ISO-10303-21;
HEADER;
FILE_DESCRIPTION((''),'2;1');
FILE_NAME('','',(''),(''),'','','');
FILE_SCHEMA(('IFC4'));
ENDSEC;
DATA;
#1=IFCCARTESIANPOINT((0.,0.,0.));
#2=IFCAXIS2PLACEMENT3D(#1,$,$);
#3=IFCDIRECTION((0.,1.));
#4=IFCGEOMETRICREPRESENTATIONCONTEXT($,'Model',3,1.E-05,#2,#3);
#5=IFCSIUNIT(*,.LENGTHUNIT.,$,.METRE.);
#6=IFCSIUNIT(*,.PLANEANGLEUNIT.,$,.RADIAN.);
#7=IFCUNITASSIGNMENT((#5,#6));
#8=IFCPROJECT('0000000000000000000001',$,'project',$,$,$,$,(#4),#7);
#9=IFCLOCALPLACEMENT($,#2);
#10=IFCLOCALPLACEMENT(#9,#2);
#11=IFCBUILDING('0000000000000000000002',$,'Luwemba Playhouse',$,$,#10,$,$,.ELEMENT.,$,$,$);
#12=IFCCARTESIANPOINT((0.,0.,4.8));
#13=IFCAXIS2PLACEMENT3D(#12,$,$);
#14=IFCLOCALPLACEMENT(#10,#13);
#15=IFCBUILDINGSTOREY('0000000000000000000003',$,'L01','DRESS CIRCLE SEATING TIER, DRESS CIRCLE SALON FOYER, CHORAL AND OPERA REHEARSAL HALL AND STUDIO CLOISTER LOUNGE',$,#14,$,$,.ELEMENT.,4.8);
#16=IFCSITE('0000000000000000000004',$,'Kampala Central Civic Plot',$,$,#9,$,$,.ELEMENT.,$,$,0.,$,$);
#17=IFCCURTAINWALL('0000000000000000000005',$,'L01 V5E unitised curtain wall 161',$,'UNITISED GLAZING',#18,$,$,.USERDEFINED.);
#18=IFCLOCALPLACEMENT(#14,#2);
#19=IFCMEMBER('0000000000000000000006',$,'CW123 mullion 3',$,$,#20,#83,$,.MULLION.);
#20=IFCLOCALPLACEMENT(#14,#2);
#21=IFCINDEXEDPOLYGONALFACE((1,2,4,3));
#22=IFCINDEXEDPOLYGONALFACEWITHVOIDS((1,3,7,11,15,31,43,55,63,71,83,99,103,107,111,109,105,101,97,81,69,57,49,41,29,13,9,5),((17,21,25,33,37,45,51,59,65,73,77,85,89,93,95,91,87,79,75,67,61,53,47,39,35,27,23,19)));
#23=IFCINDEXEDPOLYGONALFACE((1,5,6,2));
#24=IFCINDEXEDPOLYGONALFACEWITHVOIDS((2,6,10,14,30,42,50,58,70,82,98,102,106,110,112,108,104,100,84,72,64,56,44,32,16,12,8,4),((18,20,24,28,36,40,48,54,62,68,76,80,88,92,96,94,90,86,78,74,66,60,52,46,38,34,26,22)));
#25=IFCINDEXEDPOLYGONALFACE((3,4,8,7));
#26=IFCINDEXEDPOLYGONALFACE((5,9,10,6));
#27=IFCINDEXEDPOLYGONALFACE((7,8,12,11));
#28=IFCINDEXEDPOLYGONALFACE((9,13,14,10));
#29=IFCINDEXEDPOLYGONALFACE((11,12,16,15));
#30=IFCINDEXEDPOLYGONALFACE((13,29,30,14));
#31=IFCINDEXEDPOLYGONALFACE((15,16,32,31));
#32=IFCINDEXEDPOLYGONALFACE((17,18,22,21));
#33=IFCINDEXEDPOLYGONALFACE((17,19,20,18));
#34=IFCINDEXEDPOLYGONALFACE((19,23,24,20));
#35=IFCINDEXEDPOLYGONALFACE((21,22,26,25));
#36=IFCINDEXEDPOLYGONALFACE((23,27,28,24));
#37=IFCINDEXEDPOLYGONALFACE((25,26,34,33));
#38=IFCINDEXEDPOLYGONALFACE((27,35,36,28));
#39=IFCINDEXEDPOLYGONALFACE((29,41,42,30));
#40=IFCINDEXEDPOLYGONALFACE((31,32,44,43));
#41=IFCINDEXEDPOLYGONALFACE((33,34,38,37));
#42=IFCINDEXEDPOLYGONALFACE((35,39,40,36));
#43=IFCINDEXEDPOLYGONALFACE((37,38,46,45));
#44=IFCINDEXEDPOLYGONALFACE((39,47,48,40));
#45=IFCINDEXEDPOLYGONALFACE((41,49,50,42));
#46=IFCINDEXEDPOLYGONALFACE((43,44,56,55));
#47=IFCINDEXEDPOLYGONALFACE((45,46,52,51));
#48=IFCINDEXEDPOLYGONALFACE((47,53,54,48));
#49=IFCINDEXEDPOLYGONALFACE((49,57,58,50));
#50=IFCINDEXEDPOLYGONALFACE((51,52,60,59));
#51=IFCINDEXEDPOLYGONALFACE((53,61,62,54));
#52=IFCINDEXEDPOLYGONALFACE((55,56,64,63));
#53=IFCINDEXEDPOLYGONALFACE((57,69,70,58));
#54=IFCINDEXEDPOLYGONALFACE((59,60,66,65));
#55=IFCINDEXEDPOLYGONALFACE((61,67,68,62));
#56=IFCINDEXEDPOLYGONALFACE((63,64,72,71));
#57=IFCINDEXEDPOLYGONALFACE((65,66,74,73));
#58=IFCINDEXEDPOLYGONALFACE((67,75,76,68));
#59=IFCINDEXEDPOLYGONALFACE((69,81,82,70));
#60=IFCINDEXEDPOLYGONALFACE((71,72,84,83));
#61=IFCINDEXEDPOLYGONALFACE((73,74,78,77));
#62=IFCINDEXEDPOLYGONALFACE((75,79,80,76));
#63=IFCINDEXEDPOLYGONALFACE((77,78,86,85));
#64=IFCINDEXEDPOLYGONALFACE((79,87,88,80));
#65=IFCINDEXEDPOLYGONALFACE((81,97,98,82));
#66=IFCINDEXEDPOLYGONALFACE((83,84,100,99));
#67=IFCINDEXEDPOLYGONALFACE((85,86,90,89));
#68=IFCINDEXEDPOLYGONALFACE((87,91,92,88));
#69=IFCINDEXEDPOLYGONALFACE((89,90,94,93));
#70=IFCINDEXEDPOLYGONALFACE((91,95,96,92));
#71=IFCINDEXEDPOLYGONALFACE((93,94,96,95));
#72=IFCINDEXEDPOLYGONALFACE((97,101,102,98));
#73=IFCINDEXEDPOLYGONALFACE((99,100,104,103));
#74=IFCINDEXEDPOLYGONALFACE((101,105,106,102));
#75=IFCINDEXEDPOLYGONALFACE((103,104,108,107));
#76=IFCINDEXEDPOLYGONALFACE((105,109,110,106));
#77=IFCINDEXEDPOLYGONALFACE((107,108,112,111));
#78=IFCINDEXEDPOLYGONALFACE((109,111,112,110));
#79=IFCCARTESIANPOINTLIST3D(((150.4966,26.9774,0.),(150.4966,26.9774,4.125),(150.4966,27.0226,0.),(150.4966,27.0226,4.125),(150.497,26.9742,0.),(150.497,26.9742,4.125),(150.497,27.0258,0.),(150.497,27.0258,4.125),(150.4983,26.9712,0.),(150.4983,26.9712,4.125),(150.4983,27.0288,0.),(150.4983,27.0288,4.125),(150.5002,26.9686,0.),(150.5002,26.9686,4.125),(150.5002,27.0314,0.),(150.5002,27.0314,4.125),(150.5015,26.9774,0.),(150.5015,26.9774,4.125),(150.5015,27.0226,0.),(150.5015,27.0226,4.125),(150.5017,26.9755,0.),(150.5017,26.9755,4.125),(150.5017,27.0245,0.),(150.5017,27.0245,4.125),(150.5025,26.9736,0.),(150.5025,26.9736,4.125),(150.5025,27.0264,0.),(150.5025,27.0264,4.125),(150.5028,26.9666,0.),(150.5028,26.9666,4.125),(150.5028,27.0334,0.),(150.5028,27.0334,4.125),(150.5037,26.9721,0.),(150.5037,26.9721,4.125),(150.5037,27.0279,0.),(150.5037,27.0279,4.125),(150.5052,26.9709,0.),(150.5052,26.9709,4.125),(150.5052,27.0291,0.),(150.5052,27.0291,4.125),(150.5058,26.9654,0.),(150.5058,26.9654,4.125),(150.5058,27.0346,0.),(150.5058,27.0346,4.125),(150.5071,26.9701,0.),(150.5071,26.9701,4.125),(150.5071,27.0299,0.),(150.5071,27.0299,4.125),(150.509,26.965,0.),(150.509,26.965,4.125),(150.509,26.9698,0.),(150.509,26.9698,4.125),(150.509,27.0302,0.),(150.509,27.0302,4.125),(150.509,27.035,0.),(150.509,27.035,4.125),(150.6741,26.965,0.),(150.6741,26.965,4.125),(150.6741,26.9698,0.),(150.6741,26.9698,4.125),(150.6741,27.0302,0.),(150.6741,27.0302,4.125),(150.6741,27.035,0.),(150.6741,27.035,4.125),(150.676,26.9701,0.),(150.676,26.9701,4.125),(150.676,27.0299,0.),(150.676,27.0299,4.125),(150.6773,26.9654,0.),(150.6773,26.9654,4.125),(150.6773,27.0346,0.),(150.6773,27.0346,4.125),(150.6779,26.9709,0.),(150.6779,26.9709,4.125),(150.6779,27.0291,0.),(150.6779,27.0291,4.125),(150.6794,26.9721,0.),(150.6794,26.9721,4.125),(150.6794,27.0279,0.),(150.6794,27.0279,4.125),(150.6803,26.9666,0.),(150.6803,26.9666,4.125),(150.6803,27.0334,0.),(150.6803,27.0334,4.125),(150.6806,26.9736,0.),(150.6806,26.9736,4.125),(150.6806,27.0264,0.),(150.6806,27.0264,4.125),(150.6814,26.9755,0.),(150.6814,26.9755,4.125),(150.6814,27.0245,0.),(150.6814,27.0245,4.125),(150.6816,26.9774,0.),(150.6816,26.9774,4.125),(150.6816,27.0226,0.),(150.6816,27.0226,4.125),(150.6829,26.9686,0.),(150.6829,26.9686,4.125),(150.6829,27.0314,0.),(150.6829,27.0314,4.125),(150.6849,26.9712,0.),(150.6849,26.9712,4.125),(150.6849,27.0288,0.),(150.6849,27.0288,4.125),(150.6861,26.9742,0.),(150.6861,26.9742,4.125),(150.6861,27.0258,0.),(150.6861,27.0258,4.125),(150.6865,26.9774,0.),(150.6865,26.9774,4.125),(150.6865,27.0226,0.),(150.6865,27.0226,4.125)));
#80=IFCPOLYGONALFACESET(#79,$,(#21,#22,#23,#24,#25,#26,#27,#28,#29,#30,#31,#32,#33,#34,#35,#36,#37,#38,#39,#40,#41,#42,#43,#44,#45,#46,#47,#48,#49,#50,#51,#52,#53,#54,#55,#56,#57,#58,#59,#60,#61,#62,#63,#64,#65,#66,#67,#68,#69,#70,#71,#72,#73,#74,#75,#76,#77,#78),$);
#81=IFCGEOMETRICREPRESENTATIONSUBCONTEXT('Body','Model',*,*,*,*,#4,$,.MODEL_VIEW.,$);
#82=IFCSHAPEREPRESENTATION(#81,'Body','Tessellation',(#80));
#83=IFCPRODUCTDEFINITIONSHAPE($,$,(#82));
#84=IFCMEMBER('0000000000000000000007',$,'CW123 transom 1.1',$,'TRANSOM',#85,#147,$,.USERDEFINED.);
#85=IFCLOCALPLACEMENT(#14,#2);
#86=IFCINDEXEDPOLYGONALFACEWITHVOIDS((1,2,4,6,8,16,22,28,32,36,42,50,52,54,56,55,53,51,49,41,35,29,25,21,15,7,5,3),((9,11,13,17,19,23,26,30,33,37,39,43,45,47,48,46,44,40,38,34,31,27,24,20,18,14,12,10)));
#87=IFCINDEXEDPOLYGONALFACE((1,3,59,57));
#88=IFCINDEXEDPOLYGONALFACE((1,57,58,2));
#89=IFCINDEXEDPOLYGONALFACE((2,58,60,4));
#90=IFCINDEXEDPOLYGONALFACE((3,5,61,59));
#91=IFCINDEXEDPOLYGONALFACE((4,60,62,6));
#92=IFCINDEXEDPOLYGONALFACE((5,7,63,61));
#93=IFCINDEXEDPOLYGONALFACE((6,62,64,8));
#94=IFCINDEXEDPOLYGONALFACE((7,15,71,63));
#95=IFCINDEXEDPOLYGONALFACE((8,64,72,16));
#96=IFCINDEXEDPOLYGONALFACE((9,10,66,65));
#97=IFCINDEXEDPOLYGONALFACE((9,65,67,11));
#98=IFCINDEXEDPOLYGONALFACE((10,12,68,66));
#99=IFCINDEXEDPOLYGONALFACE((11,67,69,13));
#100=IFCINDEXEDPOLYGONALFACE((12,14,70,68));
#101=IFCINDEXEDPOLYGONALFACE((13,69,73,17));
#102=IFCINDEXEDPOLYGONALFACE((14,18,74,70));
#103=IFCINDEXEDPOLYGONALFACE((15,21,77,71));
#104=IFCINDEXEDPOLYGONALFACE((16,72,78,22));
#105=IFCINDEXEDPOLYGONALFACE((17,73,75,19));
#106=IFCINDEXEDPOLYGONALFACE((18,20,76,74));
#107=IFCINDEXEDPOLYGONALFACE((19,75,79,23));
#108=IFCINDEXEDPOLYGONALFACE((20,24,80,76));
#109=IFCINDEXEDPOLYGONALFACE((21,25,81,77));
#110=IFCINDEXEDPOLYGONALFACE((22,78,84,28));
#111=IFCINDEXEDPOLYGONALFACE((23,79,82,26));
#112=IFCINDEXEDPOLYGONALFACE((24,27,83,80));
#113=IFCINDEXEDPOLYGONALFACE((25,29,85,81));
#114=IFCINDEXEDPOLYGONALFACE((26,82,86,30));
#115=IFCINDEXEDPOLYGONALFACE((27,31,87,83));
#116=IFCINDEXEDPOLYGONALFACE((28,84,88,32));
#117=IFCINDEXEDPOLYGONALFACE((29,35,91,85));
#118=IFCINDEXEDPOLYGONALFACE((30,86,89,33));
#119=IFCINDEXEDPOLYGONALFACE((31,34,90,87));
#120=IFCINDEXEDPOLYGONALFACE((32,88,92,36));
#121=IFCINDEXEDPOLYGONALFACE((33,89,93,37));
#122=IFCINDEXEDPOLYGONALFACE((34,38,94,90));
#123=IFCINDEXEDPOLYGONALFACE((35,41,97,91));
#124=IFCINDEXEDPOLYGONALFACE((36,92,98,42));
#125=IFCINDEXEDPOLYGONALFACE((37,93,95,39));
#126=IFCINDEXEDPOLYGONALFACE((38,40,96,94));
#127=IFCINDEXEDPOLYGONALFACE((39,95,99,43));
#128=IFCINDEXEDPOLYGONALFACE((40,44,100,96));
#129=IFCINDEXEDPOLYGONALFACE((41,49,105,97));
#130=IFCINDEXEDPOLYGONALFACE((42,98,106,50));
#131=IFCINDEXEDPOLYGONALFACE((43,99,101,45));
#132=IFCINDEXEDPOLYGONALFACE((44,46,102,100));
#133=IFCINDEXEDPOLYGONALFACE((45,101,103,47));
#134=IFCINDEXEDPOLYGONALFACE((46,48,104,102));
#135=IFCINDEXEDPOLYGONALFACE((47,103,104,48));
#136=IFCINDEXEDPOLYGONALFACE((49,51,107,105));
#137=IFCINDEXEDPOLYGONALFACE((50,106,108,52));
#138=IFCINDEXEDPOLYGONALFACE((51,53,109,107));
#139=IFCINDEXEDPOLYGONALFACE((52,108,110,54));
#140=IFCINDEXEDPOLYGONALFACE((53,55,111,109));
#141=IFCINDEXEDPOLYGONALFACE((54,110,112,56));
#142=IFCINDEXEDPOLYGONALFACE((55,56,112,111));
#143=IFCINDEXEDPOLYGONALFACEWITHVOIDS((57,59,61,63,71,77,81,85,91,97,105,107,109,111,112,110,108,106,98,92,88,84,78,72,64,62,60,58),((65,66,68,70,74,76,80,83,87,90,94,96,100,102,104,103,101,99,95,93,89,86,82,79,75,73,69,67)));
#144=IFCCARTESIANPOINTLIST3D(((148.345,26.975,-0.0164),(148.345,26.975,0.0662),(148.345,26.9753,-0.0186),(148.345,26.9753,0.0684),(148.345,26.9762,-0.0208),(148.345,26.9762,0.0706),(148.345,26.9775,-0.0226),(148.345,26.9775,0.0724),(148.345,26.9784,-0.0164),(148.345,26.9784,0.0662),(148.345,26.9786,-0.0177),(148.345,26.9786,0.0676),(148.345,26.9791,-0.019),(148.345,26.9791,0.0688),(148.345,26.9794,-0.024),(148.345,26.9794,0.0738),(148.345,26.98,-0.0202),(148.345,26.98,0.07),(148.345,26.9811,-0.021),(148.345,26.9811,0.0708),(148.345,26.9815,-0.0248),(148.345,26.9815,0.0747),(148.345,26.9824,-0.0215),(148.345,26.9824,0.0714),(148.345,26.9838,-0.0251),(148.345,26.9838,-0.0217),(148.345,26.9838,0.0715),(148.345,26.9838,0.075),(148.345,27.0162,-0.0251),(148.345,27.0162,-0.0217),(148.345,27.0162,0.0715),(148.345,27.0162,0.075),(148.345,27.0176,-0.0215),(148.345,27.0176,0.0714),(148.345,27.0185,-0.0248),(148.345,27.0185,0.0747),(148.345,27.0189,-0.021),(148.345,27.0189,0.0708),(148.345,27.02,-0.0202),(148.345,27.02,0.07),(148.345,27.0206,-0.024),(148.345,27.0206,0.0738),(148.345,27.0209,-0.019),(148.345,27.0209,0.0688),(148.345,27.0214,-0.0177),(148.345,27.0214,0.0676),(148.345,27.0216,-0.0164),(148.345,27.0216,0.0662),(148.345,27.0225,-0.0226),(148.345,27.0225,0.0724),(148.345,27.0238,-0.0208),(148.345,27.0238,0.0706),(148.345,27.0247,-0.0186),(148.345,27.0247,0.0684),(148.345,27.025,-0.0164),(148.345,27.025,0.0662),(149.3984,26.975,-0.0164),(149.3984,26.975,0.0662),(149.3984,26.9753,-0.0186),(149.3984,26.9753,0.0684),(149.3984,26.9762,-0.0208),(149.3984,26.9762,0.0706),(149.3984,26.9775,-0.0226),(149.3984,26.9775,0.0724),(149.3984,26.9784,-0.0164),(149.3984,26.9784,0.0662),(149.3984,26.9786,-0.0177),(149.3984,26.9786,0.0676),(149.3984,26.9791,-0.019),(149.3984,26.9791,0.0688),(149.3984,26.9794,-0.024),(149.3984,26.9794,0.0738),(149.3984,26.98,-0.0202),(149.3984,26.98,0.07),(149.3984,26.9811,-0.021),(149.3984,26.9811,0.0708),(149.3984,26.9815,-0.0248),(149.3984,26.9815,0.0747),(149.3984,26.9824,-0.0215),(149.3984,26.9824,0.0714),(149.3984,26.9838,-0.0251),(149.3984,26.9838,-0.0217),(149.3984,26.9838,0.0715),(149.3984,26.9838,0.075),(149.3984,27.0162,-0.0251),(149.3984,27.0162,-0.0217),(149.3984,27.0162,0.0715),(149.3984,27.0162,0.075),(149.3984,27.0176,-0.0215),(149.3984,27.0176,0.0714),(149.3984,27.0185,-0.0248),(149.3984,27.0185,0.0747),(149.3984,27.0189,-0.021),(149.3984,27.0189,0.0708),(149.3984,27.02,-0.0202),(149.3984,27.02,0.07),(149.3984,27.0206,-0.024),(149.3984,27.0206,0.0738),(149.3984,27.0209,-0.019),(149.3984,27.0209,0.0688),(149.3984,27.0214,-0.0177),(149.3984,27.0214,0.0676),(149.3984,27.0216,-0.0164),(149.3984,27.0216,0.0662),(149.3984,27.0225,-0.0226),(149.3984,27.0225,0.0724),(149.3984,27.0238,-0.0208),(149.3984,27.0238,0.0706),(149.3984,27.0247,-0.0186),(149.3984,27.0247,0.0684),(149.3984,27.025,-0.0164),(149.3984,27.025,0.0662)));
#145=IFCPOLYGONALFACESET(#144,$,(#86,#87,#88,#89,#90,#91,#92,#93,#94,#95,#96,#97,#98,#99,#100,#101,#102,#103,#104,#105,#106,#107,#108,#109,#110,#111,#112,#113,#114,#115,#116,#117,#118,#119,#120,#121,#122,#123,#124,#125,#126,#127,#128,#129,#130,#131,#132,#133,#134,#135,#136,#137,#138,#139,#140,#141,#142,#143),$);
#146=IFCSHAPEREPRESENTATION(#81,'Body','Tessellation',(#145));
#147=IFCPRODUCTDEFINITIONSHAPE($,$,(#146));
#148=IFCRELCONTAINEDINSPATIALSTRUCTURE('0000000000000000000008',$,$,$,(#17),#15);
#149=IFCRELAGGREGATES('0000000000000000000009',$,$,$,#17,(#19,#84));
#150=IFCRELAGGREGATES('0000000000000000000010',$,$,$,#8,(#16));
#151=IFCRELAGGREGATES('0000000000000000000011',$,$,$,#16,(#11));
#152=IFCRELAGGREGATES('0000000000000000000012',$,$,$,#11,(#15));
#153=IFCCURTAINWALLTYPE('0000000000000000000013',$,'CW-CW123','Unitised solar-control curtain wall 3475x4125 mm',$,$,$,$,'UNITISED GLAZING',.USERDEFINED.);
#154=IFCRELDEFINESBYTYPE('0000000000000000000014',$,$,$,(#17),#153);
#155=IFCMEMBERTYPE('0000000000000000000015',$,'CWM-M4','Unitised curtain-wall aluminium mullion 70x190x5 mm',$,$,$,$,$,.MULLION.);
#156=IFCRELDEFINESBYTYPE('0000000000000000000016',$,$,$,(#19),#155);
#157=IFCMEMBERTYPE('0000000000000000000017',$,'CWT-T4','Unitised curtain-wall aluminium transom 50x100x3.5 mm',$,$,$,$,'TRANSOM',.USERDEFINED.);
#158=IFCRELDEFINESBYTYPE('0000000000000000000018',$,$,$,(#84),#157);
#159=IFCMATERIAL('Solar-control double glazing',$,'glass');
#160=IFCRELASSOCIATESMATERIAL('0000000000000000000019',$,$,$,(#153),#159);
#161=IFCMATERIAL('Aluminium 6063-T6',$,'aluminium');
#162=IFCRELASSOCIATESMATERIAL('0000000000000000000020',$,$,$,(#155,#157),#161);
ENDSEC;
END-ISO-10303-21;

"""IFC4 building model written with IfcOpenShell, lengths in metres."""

from ifc_helpers import new_model, si_unit, direction, frame, origin, origin_2d, place, context, subcontext, project, spatial, hollow_rectangle, extrude, material, material_profile, profile_set, type_object, element, aggregate, save


model = new_model("IFC4")

# Units and contexts
model_context = context("Model", 3, precision=1e-05, world=origin(), true_north=direction((0.0, 1.0)))
body_context = subcontext(model_context, "Body", "Model", "MODEL_VIEW")
ifc_project = project(units=[si_unit("LENGTHUNIT", "METRE"), si_unit("PLANEANGLEUNIT", "RADIAN")], contexts=[model_context])

# Site, building, storey
site_placement = place(None, origin())
site = spatial("IfcSite", under=ifc_project, at=site_placement, Name="Kampala Central Civic Plot", CompositionType="ELEMENT", RefElevation=0.0)
building_placement = place(site_placement, origin())
building = spatial("IfcBuilding", under=site, at=building_placement, Name="Luwemba Playhouse", CompositionType="ELEMENT")
storey_placement = place(building_placement, frame((0.0, 0.0, 4.8)))
storey = spatial("IfcBuildingStorey", under=building, at=storey_placement, Name="L01", Description="DRESS CIRCLE SEATING TIER, DRESS CIRCLE SALON FOYER, CHORAL AND OPERA REHEARSAL HALL AND STUDIO CLOISTER LOUNGE", CompositionType="ELEMENT", Elevation=4.8)

# Curtain wall, members
ifc_material_1 = material(Name="Solar-control double glazing", Category="glass")
curtain_wall_type = type_object("IfcCurtainWallType", Name="CW-CW123", Description="Unitised solar-control curtain wall 3475x4125 mm", ElementType="UNITISED GLAZING", PredefinedType="USERDEFINED", material=ifc_material_1)
curtain_wall_placement = place(storey_placement, origin())
curtain_wall = element("IfcCurtainWall", 1, at=curtain_wall_placement, inside=storey, type_object=curtain_wall_type, Name="L01 V5E unitised curtain wall 161", ObjectType="UNITISED GLAZING", PredefinedType="USERDEFINED")
ifc_material_2 = material(Name="Aluminium 6063-T6", Category="aluminium")
ifc_material_profile_1 = material_profile(ifc_material_2, hollow_rectangle(XDim=0.0701, YDim=0.1899, WallThickness=0.0049, InnerFilletRadius=0.0076, OuterFilletRadius=0.0125, at=origin_2d()))
ifc_profile_set_1 = profile_set([ifc_material_profile_1], Name="Aluminium 6063-T6")
member_type_1 = type_object("IfcMemberType", Name="CWM-M4", Description="Unitised curtain-wall aluminium mullion 70x190x5 mm", PredefinedType="MULLION", material=ifc_profile_set_1)
member_1_placement = place(storey_placement, frame((150.5916, 27.0, 0.0), z_axis=(0.0, 0.0, 1.0), x_axis=(0.0, 1.0, 0.0)))
member_1 = element("IfcMember", 2, at=member_1_placement, type_object=member_type_1, Name="CW123 mullion 3", PredefinedType="MULLION", context=body_context, shape_type="SweptSolid", body=[
    extrude(hollow_rectangle(XDim=0.0701, YDim=0.1899, WallThickness=0.0049, InnerFilletRadius=0.0076, OuterFilletRadius=0.0125, at=origin_2d()), origin(), (0.0, 0.0, 1.0), 4.125),
])
ifc_material_profile_2 = material_profile(ifc_material_2, hollow_rectangle(XDim=0.05, YDim=0.1001, WallThickness=0.0034, InnerFilletRadius=0.0054, OuterFilletRadius=0.0088, at=origin_2d()))
ifc_profile_set_2 = profile_set([ifc_material_profile_2], Name="Aluminium 6063-T6")
member_type_2 = type_object("IfcMemberType", Name="CWT-T4", Description="Unitised curtain-wall aluminium transom 50x100x3.5 mm", ElementType="TRANSOM", PredefinedType="USERDEFINED", material=ifc_profile_set_2)
member_2_placement = place(storey_placement, frame((148.345, 27.0, 0.0249), z_axis=(1.0, 0.0, 0.0), x_axis=(0.0, 1.0, 0.0)))
member_2 = element("IfcMember", 3, at=member_2_placement, type_object=member_type_2, Name="CW123 transom 1.1", ObjectType="TRANSOM", PredefinedType="USERDEFINED", context=body_context, shape_type="SweptSolid", body=[
    extrude(hollow_rectangle(XDim=0.05, YDim=0.1001, WallThickness=0.0034, InnerFilletRadius=0.0054, OuterFilletRadius=0.0088, at=origin_2d()), origin(), (0.0, 0.0, 1.0), 1.0535),
])

aggregate(curtain_wall, [member_1, member_2])

save(model, "model.ifc")
